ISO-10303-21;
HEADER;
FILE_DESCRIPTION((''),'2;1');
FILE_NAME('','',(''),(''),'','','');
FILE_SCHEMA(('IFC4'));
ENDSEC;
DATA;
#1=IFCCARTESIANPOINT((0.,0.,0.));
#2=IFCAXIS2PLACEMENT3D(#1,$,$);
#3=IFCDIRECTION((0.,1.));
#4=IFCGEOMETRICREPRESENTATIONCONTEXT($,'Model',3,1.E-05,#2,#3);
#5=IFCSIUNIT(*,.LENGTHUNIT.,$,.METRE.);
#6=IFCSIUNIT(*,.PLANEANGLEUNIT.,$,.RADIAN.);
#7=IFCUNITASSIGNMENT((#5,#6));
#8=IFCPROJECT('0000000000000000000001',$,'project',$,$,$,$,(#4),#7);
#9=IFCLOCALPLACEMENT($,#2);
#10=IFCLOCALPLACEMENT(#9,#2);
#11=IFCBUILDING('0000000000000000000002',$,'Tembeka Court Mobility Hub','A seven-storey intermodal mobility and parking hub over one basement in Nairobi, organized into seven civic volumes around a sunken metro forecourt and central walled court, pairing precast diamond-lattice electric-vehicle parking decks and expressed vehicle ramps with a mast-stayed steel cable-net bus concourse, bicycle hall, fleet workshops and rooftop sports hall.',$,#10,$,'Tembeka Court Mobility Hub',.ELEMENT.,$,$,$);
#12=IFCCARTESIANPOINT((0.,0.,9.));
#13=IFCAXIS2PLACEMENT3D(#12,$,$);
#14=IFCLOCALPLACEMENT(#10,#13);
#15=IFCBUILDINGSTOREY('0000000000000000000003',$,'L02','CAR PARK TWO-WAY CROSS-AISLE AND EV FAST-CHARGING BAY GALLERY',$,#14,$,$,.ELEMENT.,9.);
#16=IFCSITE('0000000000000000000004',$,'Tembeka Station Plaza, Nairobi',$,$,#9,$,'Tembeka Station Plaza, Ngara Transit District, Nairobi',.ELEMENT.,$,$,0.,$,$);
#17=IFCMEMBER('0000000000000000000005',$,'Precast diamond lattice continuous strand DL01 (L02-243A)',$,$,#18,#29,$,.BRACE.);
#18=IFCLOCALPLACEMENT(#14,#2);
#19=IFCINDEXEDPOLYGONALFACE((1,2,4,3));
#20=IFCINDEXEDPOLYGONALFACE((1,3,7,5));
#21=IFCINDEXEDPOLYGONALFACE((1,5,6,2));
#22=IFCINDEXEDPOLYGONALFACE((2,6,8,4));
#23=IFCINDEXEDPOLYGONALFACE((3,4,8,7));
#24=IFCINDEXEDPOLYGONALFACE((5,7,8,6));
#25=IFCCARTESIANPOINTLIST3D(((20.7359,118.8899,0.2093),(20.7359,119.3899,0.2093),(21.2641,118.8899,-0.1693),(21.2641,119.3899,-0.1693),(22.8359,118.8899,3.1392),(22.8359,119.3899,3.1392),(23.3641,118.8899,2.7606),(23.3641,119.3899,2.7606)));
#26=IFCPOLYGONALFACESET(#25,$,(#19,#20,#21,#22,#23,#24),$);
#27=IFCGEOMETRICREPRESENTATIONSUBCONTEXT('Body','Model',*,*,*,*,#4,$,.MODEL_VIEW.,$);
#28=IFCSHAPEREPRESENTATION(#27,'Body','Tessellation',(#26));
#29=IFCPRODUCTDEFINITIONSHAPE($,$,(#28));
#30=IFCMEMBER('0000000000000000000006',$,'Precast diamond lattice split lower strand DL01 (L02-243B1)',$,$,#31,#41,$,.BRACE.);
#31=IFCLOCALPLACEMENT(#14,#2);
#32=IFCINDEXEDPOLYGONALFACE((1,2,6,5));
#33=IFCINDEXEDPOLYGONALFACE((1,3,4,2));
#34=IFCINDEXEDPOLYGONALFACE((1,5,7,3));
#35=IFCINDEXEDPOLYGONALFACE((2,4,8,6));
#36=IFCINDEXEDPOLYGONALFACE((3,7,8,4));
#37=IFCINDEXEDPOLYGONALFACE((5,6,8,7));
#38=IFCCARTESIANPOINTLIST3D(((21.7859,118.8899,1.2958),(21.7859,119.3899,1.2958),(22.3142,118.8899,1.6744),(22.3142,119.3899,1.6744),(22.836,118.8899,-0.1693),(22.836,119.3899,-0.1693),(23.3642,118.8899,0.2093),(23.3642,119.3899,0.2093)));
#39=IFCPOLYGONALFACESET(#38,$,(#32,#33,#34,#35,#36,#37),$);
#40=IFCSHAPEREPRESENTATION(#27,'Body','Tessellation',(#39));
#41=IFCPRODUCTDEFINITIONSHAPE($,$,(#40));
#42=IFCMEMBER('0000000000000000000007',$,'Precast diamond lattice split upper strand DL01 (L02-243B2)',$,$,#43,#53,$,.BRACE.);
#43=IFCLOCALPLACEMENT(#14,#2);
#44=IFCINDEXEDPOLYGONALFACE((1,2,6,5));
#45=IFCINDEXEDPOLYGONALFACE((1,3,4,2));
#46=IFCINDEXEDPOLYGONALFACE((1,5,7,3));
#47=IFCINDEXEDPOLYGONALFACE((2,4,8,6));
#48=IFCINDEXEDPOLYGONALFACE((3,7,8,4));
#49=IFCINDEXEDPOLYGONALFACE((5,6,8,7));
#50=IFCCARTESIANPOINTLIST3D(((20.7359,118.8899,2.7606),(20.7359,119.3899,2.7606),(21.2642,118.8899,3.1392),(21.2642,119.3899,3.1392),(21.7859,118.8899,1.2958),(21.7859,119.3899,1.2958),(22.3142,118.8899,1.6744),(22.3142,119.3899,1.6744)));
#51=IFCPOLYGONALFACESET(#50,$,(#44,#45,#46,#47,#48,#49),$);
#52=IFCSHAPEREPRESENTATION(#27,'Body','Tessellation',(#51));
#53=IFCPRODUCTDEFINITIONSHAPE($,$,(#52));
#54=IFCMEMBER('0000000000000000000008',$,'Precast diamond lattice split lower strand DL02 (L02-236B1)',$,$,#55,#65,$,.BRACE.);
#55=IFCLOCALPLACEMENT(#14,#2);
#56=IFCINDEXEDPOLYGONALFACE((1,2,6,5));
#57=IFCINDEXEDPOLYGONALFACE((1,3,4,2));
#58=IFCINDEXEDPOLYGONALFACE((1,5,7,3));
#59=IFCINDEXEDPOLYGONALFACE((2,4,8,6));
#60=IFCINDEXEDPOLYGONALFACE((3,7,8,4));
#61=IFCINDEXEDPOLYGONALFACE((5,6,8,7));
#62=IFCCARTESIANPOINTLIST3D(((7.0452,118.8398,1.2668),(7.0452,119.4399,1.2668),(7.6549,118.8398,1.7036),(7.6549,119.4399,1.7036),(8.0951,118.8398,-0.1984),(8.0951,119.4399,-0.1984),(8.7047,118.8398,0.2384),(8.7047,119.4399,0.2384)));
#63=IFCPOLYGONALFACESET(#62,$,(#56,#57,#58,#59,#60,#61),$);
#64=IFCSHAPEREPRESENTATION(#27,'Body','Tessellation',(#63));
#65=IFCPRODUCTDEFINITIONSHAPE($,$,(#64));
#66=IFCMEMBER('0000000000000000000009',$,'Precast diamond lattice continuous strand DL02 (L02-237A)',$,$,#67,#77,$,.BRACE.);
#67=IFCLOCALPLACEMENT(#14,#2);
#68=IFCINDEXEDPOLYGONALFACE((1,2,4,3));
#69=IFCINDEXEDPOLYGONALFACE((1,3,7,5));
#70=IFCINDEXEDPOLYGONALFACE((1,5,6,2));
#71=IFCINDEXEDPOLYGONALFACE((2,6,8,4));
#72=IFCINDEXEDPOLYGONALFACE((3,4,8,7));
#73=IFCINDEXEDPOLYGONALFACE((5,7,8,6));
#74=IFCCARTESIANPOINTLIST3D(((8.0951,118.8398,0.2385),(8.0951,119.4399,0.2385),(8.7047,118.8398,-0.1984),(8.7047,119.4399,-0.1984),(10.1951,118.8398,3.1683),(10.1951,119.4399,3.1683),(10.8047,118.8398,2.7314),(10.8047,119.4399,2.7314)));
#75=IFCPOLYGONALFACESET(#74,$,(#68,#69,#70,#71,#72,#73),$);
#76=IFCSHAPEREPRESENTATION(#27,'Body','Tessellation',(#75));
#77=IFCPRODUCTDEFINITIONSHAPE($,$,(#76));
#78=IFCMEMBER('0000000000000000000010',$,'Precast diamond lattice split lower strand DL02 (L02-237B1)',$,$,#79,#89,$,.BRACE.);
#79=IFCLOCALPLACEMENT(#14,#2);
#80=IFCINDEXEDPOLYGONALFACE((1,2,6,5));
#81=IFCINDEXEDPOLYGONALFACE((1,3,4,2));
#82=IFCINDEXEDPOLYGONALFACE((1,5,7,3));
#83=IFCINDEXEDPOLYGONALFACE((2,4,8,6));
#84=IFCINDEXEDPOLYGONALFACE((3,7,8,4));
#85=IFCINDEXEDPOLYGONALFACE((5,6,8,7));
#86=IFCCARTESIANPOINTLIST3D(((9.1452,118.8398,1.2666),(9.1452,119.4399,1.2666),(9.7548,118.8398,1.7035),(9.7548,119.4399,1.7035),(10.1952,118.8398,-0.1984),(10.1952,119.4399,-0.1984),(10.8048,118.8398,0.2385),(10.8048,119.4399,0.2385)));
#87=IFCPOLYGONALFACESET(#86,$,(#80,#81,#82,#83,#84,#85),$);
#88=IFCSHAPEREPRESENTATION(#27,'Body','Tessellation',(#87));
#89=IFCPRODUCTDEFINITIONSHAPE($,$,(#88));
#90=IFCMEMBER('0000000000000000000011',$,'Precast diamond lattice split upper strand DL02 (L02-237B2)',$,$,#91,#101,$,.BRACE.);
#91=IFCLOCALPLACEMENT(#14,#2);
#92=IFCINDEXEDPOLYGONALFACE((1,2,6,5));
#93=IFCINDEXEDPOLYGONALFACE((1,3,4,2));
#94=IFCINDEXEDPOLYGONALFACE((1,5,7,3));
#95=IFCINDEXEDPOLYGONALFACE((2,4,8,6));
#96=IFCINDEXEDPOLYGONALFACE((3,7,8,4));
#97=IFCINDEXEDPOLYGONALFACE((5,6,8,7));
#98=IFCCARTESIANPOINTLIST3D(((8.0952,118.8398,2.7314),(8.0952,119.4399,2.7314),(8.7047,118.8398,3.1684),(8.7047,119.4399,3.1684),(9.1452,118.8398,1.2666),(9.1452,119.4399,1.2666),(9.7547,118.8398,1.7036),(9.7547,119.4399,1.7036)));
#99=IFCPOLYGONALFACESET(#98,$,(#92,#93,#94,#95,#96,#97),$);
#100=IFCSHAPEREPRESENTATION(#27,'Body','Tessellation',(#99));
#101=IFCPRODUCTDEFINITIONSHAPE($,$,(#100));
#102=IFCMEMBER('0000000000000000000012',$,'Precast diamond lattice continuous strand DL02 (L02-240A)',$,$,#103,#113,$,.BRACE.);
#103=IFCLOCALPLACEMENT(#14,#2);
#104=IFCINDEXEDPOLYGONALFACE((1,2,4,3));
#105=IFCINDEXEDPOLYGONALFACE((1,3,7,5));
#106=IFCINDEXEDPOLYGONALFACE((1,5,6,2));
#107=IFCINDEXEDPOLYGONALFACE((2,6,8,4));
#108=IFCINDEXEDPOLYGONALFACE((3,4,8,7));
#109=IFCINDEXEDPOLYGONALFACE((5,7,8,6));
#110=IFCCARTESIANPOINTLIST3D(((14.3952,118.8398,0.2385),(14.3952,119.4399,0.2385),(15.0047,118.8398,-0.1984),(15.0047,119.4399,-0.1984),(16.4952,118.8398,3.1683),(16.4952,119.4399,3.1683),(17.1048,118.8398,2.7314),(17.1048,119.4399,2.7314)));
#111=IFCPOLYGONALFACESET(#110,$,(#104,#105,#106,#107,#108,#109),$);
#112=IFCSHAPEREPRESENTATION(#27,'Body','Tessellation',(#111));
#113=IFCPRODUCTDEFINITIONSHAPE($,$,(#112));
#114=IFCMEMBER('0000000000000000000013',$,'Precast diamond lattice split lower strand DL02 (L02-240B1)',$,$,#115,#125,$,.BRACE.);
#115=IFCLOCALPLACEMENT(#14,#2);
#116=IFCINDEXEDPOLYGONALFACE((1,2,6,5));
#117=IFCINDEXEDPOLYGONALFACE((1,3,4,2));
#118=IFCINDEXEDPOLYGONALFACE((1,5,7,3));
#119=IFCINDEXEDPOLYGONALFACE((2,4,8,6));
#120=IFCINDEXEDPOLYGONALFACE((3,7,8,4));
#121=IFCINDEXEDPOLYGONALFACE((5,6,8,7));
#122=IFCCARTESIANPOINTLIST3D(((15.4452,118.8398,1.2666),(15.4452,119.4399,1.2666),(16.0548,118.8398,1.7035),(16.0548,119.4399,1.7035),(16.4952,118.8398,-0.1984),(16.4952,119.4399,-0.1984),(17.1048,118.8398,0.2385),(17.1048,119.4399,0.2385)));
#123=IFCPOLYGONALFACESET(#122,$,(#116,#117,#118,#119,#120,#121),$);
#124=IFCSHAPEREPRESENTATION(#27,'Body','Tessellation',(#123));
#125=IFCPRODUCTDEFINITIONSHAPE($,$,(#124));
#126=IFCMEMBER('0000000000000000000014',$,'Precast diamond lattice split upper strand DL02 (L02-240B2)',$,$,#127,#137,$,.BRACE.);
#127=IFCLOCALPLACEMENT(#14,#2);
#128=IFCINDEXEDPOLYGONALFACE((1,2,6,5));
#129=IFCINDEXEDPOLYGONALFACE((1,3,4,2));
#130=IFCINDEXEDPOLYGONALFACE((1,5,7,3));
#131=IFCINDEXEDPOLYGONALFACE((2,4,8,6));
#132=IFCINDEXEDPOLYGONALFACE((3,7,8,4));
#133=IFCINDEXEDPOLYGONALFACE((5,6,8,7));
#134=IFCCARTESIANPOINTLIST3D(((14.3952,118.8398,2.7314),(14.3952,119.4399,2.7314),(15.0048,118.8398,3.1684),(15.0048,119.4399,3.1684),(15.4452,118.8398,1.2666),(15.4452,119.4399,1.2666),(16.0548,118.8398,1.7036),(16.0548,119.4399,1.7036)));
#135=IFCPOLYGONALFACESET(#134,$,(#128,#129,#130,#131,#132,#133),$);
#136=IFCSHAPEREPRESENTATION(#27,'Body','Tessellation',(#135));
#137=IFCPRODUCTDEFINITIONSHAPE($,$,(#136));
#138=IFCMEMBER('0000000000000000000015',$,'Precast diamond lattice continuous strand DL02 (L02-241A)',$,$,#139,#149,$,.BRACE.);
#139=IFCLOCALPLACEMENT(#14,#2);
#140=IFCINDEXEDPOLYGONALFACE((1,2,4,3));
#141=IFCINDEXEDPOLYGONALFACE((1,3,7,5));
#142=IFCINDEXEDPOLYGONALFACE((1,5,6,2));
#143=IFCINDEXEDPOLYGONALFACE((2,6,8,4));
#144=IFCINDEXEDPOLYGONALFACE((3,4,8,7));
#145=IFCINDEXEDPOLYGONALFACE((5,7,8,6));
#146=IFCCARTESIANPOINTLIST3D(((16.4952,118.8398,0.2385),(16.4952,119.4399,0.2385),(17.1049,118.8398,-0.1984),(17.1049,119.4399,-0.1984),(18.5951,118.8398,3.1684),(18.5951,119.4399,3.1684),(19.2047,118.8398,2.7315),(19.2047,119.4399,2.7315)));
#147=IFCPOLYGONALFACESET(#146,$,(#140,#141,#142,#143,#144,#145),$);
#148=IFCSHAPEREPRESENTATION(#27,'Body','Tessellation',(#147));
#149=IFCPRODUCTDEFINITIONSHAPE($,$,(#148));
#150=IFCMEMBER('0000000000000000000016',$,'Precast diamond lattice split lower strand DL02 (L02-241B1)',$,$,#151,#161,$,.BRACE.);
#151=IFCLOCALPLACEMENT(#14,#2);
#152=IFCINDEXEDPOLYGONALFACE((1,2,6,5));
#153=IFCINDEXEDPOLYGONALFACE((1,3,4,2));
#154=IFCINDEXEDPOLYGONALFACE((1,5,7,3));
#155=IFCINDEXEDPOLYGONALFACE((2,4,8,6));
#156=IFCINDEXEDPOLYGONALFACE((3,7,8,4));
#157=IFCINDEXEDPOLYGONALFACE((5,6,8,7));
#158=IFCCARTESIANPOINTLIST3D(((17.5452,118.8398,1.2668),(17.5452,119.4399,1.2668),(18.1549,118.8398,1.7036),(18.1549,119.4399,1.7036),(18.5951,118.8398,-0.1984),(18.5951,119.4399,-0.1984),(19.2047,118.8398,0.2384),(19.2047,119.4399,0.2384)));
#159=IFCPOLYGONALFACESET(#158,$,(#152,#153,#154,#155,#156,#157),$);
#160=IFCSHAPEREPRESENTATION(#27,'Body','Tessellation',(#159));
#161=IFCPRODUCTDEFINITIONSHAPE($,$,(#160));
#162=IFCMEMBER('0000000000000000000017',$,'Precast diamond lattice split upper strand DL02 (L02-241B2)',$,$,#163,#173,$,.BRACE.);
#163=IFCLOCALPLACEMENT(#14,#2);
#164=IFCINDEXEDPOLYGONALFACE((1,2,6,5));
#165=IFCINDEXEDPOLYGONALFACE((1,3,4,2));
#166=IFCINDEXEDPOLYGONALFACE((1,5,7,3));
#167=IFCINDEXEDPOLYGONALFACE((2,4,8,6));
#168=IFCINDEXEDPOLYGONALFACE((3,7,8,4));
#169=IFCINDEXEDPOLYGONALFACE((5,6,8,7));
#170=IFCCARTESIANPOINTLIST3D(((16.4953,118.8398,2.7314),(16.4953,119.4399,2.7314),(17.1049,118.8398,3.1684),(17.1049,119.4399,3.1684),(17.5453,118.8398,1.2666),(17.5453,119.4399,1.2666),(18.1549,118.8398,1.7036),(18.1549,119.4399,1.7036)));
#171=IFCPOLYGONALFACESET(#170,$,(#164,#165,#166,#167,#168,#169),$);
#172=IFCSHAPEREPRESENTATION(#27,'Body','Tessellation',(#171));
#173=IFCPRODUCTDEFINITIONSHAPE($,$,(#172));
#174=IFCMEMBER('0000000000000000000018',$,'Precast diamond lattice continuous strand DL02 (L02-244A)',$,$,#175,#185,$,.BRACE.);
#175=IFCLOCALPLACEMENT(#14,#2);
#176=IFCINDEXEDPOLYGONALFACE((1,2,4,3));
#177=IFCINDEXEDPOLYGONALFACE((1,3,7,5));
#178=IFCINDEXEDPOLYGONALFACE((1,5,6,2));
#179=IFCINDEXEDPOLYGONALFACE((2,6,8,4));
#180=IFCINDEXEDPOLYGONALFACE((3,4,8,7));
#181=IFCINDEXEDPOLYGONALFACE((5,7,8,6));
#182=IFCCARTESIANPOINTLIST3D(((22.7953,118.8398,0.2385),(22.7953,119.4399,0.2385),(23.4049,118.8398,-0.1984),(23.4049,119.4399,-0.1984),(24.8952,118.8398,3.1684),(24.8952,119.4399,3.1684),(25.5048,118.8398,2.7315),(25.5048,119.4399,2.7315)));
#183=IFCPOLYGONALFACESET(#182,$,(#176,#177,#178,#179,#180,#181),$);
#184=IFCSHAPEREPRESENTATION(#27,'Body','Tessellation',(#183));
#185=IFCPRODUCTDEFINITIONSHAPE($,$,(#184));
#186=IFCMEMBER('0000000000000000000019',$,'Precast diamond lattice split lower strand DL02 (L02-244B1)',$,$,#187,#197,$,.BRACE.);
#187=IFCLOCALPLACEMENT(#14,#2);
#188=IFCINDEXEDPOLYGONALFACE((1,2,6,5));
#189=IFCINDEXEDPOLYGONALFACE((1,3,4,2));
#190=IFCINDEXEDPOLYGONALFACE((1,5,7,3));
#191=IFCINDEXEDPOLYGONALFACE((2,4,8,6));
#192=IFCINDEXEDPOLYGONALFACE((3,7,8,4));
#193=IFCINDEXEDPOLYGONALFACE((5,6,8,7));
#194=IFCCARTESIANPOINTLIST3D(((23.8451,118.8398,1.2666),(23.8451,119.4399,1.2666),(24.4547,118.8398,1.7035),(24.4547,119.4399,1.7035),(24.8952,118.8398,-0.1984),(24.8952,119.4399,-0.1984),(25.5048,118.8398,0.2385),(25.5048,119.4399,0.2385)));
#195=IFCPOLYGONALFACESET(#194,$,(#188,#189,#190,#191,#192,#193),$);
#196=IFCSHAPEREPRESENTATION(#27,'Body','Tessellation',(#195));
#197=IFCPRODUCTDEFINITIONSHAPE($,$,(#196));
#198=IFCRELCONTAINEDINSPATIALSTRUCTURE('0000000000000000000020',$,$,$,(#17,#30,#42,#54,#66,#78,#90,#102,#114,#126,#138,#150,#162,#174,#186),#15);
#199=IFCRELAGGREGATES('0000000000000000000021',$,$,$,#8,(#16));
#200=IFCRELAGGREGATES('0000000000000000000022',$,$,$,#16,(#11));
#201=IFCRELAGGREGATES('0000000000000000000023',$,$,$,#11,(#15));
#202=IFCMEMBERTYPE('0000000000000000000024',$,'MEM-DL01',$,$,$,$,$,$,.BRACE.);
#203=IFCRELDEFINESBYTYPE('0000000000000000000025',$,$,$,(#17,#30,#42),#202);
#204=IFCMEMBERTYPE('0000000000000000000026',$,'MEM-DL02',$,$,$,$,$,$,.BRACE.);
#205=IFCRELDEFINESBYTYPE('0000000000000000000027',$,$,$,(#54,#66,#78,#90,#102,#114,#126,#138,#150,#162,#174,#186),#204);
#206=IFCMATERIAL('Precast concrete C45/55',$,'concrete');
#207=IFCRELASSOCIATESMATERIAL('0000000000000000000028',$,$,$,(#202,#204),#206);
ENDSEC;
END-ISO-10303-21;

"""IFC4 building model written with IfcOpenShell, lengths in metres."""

from ifc_helpers import new_model, si_unit, direction, frame, origin, origin_2d, place, context, subcontext, project, spatial, rectangle, extrude, material, material_profile, profile_set, type_object, element, save


model = new_model("IFC4")

# Units and contexts
model_context = context("Model", 3, precision=1e-05, world=origin(), true_north=direction((0.0, 1.0)))
body_context = subcontext(model_context, "Body", "Model", "MODEL_VIEW")
ifc_project = project(units=[si_unit("LENGTHUNIT", "METRE"), si_unit("PLANEANGLEUNIT", "RADIAN")], contexts=[model_context])

# Site, building, storey
site_placement = place(None, origin())
site = spatial("IfcSite", under=ifc_project, at=site_placement, Name="Tembeka Station Plaza, Nairobi", LongName="Tembeka Station Plaza, Ngara Transit District, Nairobi", CompositionType="ELEMENT", RefElevation=0.0)
building_placement = place(site_placement, origin())
building = spatial("IfcBuilding", under=site, at=building_placement, Name="Tembeka Court Mobility Hub", Description="A seven-storey intermodal mobility and parking hub over one basement in Nairobi, organized into seven civic volumes around a sunken metro forecourt and central walled court, pairing precast diamond-lattice electric-vehicle parking decks and expressed vehicle ramps with a mast-stayed steel cable-net bus concourse, bicycle hall, fleet workshops and rooftop sports hall.", LongName="Tembeka Court Mobility Hub", CompositionType="ELEMENT")
storey_placement = place(building_placement, frame((0.0, 0.0, 9.0)))
storey = spatial("IfcBuildingStorey", under=building, at=storey_placement, Name="L02", Description="CAR PARK TWO-WAY CROSS-AISLE AND EV FAST-CHARGING BAY GALLERY", CompositionType="ELEMENT", Elevation=9.0)

# Shared definitions
ifc_material_1 = material(Name="Precast concrete C45/55", Category="concrete")

# Members
ifc_material_profile_1 = material_profile(ifc_material_1, rectangle(XDim=0.5, YDim=0.6499, at=origin_2d()), Name="PC-DIAG 500x650")
ifc_profile_set_1 = profile_set([ifc_material_profile_1], Name="Precast concrete C45/55")
member_type_1 = type_object("IfcMemberType", Name="MEM-DL01", PredefinedType="BRACE", material=ifc_profile_set_1)
member_1_placement = place(storey_placement, frame((21.0, 119.1399, 0.02), z_axis=(0.582576, 0.0, 0.812776), x_axis=(0.0, 1.0, 0.0)))
element("IfcMember", 1, at=member_1_placement, inside=storey, type_object=member_type_1, Name="Precast diamond lattice continuous strand DL01 (L02-243A)", PredefinedType="BRACE", context=body_context, shape_type="SweptSolid", body=[
    extrude(rectangle(XDim=0.5, YDim=0.6499, at=origin_2d()), origin(), (0.0, 0.0, 1.0), 3.6047),
])
member_2_placement = place(storey_placement, frame((23.1001, 119.1399, 0.02), z_axis=(-0.582544, 0.0, 0.812799), x_axis=(0.0, -1.0, 0.0)))
element("IfcMember", 2, at=member_2_placement, inside=storey, type_object=member_type_1, Name="Precast diamond lattice split lower strand DL01 (L02-243B1)", PredefinedType="BRACE", context=body_context, shape_type="SweptSolid", body=[
    extrude(rectangle(XDim=0.5, YDim=0.6499, at=origin_2d()), origin(), (0.0, 0.0, 1.0), 1.8025),
])
member_3_placement = place(storey_placement, frame((22.05, 119.1399, 1.4851), z_axis=(-0.582608, 0.0, 0.812753), x_axis=(0.0, -1.0, 0.0)))
element("IfcMember", 3, at=member_3_placement, inside=storey, type_object=member_type_1, Name="Precast diamond lattice split upper strand DL01 (L02-243B2)", PredefinedType="BRACE", context=body_context, shape_type="SweptSolid", body=[
    extrude(rectangle(XDim=0.5, YDim=0.6499, at=origin_2d()), origin(), (0.0, 0.0, 1.0), 1.8022),
])
ifc_material_profile_2 = material_profile(ifc_material_1, rectangle(XDim=0.6001, YDim=0.75, at=origin_2d()), Name="PC-DIAG 600x750")
ifc_profile_set_2 = profile_set([ifc_material_profile_2], Name="Precast concrete C45/55")
member_type_2 = type_object("IfcMemberType", Name="MEM-DL02", PredefinedType="BRACE", material=ifc_profile_set_2)
member_4_placement = place(storey_placement, frame((8.3999, 119.1399, 0.02), z_axis=(-0.582455, 0.0, 0.812863), x_axis=(0.0, -1.0, 0.0)))
element("IfcMember", 4, at=member_4_placement, inside=storey, type_object=member_type_2, Name="Precast diamond lattice split lower strand DL02 (L02-236B1)", PredefinedType="BRACE", context=body_context, shape_type="SweptSolid", body=[
    extrude(rectangle(XDim=0.6001, YDim=0.75, at=origin_2d()), origin(), (0.0, 0.0, 1.0), 1.8025),
])
member_5_placement = place(storey_placement, frame((8.3999, 119.1399, 0.02), z_axis=(0.582576, 0.0, 0.812776), x_axis=(0.0, 1.0, 0.0)))
element("IfcMember", 5, at=member_5_placement, inside=storey, type_object=member_type_2, Name="Precast diamond lattice continuous strand DL02 (L02-237A)", PredefinedType="BRACE", context=body_context, shape_type="SweptSolid", body=[
    extrude(rectangle(XDim=0.6001, YDim=0.75, at=origin_2d()), origin(), (0.0, 0.0, 1.0), 3.6047),
])
member_6_placement = place(storey_placement, frame((10.5, 119.1399, 0.02), z_axis=(-0.582544, 0.0, 0.812799), x_axis=(0.0, -1.0, 0.0)))
element("IfcMember", 6, at=member_6_placement, inside=storey, type_object=member_type_2, Name="Precast diamond lattice split lower strand DL02 (L02-237B1)", PredefinedType="BRACE", context=body_context, shape_type="SweptSolid", body=[
    extrude(rectangle(XDim=0.6001, YDim=0.75, at=origin_2d()), origin(), (0.0, 0.0, 1.0), 1.8025),
])
member_7_placement = place(storey_placement, frame((9.45, 119.1399, 1.4851), z_axis=(-0.582608, 0.0, 0.812753), x_axis=(0.0, -1.0, 0.0)))
element("IfcMember", 7, at=member_7_placement, inside=storey, type_object=member_type_2, Name="Precast diamond lattice split upper strand DL02 (L02-237B2)", PredefinedType="BRACE", context=body_context, shape_type="SweptSolid", body=[
    extrude(rectangle(XDim=0.6001, YDim=0.75, at=origin_2d()), origin(), (0.0, 0.0, 1.0), 1.8022),
])
member_8_placement = place(storey_placement, frame((14.7, 119.1399, 0.02), z_axis=(0.582576, 0.0, 0.812776), x_axis=(0.0, 1.0, 0.0)))
element("IfcMember", 8, at=member_8_placement, inside=storey, type_object=member_type_2, Name="Precast diamond lattice continuous strand DL02 (L02-240A)", PredefinedType="BRACE", context=body_context, shape_type="SweptSolid", body=[
    extrude(rectangle(XDim=0.6001, YDim=0.75, at=origin_2d()), origin(), (0.0, 0.0, 1.0), 3.6047),
])
member_9_placement = place(storey_placement, frame((16.8, 119.1399, 0.02), z_axis=(-0.582544, 0.0, 0.812799), x_axis=(0.0, -1.0, 0.0)))
element("IfcMember", 9, at=member_9_placement, inside=storey, type_object=member_type_2, Name="Precast diamond lattice split lower strand DL02 (L02-240B1)", PredefinedType="BRACE", context=body_context, shape_type="SweptSolid", body=[
    extrude(rectangle(XDim=0.6001, YDim=0.75, at=origin_2d()), origin(), (0.0, 0.0, 1.0), 1.8025),
])
member_10_placement = place(storey_placement, frame((15.75, 119.1399, 1.4851), z_axis=(-0.582608, 0.0, 0.812753), x_axis=(0.0, -1.0, 0.0)))
element("IfcMember", 10, at=member_10_placement, inside=storey, type_object=member_type_2, Name="Precast diamond lattice split upper strand DL02 (L02-240B2)", PredefinedType="BRACE", context=body_context, shape_type="SweptSolid", body=[
    extrude(rectangle(XDim=0.6001, YDim=0.75, at=origin_2d()), origin(), (0.0, 0.0, 1.0), 1.8022),
])
member_11_placement = place(storey_placement, frame((16.8, 119.1399, 0.02), z_axis=(0.582532, 0.0, 0.812808), x_axis=(0.0, 1.0, 0.0)))
element("IfcMember", 11, at=member_11_placement, inside=storey, type_object=member_type_2, Name="Precast diamond lattice continuous strand DL02 (L02-241A)", PredefinedType="BRACE", context=body_context, shape_type="SweptSolid", body=[
    extrude(rectangle(XDim=0.6001, YDim=0.75, at=origin_2d()), origin(), (0.0, 0.0, 1.0), 3.6047),
])
member_12_placement = place(storey_placement, frame((18.8999, 119.1399, 0.02), z_axis=(-0.582455, 0.0, 0.812863), x_axis=(0.0, -1.0, 0.0)))
element("IfcMember", 12, at=member_12_placement, inside=storey, type_object=member_type_2, Name="Precast diamond lattice split lower strand DL02 (L02-241B1)", PredefinedType="BRACE", context=body_context, shape_type="SweptSolid", body=[
    extrude(rectangle(XDim=0.6001, YDim=0.75, at=origin_2d()), origin(), (0.0, 0.0, 1.0), 1.8025),
])
member_13_placement = place(storey_placement, frame((17.8501, 119.1399, 1.4851), z_axis=(-0.582608, 0.0, 0.812753), x_axis=(0.0, -1.0, 0.0)))
element("IfcMember", 13, at=member_13_placement, inside=storey, type_object=member_type_2, Name="Precast diamond lattice split upper strand DL02 (L02-241B2)", PredefinedType="BRACE", context=body_context, shape_type="SweptSolid", body=[
    extrude(rectangle(XDim=0.6001, YDim=0.75, at=origin_2d()), origin(), (0.0, 0.0, 1.0), 1.8022),
])
member_14_placement = place(storey_placement, frame((23.1001, 119.1399, 0.02), z_axis=(0.582532, 0.0, 0.812808), x_axis=(0.0, 1.0, 0.0)))
element("IfcMember", 14, at=member_14_placement, inside=storey, type_object=member_type_2, Name="Precast diamond lattice continuous strand DL02 (L02-244A)", PredefinedType="BRACE", context=body_context, shape_type="SweptSolid", body=[
    extrude(rectangle(XDim=0.6001, YDim=0.75, at=origin_2d()), origin(), (0.0, 0.0, 1.0), 3.6047),
])
member_15_placement = place(storey_placement, frame((25.2, 119.1399, 0.02), z_axis=(-0.582544, 0.0, 0.812799), x_axis=(0.0, -1.0, 0.0)))
element("IfcMember", 15, at=member_15_placement, inside=storey, type_object=member_type_2, Name="Precast diamond lattice split lower strand DL02 (L02-244B1)", PredefinedType="BRACE", context=body_context, shape_type="SweptSolid", body=[
    extrude(rectangle(XDim=0.6001, YDim=0.75, at=origin_2d()), origin(), (0.0, 0.0, 1.0), 1.8025),
])

save(model, "model.ifc")
